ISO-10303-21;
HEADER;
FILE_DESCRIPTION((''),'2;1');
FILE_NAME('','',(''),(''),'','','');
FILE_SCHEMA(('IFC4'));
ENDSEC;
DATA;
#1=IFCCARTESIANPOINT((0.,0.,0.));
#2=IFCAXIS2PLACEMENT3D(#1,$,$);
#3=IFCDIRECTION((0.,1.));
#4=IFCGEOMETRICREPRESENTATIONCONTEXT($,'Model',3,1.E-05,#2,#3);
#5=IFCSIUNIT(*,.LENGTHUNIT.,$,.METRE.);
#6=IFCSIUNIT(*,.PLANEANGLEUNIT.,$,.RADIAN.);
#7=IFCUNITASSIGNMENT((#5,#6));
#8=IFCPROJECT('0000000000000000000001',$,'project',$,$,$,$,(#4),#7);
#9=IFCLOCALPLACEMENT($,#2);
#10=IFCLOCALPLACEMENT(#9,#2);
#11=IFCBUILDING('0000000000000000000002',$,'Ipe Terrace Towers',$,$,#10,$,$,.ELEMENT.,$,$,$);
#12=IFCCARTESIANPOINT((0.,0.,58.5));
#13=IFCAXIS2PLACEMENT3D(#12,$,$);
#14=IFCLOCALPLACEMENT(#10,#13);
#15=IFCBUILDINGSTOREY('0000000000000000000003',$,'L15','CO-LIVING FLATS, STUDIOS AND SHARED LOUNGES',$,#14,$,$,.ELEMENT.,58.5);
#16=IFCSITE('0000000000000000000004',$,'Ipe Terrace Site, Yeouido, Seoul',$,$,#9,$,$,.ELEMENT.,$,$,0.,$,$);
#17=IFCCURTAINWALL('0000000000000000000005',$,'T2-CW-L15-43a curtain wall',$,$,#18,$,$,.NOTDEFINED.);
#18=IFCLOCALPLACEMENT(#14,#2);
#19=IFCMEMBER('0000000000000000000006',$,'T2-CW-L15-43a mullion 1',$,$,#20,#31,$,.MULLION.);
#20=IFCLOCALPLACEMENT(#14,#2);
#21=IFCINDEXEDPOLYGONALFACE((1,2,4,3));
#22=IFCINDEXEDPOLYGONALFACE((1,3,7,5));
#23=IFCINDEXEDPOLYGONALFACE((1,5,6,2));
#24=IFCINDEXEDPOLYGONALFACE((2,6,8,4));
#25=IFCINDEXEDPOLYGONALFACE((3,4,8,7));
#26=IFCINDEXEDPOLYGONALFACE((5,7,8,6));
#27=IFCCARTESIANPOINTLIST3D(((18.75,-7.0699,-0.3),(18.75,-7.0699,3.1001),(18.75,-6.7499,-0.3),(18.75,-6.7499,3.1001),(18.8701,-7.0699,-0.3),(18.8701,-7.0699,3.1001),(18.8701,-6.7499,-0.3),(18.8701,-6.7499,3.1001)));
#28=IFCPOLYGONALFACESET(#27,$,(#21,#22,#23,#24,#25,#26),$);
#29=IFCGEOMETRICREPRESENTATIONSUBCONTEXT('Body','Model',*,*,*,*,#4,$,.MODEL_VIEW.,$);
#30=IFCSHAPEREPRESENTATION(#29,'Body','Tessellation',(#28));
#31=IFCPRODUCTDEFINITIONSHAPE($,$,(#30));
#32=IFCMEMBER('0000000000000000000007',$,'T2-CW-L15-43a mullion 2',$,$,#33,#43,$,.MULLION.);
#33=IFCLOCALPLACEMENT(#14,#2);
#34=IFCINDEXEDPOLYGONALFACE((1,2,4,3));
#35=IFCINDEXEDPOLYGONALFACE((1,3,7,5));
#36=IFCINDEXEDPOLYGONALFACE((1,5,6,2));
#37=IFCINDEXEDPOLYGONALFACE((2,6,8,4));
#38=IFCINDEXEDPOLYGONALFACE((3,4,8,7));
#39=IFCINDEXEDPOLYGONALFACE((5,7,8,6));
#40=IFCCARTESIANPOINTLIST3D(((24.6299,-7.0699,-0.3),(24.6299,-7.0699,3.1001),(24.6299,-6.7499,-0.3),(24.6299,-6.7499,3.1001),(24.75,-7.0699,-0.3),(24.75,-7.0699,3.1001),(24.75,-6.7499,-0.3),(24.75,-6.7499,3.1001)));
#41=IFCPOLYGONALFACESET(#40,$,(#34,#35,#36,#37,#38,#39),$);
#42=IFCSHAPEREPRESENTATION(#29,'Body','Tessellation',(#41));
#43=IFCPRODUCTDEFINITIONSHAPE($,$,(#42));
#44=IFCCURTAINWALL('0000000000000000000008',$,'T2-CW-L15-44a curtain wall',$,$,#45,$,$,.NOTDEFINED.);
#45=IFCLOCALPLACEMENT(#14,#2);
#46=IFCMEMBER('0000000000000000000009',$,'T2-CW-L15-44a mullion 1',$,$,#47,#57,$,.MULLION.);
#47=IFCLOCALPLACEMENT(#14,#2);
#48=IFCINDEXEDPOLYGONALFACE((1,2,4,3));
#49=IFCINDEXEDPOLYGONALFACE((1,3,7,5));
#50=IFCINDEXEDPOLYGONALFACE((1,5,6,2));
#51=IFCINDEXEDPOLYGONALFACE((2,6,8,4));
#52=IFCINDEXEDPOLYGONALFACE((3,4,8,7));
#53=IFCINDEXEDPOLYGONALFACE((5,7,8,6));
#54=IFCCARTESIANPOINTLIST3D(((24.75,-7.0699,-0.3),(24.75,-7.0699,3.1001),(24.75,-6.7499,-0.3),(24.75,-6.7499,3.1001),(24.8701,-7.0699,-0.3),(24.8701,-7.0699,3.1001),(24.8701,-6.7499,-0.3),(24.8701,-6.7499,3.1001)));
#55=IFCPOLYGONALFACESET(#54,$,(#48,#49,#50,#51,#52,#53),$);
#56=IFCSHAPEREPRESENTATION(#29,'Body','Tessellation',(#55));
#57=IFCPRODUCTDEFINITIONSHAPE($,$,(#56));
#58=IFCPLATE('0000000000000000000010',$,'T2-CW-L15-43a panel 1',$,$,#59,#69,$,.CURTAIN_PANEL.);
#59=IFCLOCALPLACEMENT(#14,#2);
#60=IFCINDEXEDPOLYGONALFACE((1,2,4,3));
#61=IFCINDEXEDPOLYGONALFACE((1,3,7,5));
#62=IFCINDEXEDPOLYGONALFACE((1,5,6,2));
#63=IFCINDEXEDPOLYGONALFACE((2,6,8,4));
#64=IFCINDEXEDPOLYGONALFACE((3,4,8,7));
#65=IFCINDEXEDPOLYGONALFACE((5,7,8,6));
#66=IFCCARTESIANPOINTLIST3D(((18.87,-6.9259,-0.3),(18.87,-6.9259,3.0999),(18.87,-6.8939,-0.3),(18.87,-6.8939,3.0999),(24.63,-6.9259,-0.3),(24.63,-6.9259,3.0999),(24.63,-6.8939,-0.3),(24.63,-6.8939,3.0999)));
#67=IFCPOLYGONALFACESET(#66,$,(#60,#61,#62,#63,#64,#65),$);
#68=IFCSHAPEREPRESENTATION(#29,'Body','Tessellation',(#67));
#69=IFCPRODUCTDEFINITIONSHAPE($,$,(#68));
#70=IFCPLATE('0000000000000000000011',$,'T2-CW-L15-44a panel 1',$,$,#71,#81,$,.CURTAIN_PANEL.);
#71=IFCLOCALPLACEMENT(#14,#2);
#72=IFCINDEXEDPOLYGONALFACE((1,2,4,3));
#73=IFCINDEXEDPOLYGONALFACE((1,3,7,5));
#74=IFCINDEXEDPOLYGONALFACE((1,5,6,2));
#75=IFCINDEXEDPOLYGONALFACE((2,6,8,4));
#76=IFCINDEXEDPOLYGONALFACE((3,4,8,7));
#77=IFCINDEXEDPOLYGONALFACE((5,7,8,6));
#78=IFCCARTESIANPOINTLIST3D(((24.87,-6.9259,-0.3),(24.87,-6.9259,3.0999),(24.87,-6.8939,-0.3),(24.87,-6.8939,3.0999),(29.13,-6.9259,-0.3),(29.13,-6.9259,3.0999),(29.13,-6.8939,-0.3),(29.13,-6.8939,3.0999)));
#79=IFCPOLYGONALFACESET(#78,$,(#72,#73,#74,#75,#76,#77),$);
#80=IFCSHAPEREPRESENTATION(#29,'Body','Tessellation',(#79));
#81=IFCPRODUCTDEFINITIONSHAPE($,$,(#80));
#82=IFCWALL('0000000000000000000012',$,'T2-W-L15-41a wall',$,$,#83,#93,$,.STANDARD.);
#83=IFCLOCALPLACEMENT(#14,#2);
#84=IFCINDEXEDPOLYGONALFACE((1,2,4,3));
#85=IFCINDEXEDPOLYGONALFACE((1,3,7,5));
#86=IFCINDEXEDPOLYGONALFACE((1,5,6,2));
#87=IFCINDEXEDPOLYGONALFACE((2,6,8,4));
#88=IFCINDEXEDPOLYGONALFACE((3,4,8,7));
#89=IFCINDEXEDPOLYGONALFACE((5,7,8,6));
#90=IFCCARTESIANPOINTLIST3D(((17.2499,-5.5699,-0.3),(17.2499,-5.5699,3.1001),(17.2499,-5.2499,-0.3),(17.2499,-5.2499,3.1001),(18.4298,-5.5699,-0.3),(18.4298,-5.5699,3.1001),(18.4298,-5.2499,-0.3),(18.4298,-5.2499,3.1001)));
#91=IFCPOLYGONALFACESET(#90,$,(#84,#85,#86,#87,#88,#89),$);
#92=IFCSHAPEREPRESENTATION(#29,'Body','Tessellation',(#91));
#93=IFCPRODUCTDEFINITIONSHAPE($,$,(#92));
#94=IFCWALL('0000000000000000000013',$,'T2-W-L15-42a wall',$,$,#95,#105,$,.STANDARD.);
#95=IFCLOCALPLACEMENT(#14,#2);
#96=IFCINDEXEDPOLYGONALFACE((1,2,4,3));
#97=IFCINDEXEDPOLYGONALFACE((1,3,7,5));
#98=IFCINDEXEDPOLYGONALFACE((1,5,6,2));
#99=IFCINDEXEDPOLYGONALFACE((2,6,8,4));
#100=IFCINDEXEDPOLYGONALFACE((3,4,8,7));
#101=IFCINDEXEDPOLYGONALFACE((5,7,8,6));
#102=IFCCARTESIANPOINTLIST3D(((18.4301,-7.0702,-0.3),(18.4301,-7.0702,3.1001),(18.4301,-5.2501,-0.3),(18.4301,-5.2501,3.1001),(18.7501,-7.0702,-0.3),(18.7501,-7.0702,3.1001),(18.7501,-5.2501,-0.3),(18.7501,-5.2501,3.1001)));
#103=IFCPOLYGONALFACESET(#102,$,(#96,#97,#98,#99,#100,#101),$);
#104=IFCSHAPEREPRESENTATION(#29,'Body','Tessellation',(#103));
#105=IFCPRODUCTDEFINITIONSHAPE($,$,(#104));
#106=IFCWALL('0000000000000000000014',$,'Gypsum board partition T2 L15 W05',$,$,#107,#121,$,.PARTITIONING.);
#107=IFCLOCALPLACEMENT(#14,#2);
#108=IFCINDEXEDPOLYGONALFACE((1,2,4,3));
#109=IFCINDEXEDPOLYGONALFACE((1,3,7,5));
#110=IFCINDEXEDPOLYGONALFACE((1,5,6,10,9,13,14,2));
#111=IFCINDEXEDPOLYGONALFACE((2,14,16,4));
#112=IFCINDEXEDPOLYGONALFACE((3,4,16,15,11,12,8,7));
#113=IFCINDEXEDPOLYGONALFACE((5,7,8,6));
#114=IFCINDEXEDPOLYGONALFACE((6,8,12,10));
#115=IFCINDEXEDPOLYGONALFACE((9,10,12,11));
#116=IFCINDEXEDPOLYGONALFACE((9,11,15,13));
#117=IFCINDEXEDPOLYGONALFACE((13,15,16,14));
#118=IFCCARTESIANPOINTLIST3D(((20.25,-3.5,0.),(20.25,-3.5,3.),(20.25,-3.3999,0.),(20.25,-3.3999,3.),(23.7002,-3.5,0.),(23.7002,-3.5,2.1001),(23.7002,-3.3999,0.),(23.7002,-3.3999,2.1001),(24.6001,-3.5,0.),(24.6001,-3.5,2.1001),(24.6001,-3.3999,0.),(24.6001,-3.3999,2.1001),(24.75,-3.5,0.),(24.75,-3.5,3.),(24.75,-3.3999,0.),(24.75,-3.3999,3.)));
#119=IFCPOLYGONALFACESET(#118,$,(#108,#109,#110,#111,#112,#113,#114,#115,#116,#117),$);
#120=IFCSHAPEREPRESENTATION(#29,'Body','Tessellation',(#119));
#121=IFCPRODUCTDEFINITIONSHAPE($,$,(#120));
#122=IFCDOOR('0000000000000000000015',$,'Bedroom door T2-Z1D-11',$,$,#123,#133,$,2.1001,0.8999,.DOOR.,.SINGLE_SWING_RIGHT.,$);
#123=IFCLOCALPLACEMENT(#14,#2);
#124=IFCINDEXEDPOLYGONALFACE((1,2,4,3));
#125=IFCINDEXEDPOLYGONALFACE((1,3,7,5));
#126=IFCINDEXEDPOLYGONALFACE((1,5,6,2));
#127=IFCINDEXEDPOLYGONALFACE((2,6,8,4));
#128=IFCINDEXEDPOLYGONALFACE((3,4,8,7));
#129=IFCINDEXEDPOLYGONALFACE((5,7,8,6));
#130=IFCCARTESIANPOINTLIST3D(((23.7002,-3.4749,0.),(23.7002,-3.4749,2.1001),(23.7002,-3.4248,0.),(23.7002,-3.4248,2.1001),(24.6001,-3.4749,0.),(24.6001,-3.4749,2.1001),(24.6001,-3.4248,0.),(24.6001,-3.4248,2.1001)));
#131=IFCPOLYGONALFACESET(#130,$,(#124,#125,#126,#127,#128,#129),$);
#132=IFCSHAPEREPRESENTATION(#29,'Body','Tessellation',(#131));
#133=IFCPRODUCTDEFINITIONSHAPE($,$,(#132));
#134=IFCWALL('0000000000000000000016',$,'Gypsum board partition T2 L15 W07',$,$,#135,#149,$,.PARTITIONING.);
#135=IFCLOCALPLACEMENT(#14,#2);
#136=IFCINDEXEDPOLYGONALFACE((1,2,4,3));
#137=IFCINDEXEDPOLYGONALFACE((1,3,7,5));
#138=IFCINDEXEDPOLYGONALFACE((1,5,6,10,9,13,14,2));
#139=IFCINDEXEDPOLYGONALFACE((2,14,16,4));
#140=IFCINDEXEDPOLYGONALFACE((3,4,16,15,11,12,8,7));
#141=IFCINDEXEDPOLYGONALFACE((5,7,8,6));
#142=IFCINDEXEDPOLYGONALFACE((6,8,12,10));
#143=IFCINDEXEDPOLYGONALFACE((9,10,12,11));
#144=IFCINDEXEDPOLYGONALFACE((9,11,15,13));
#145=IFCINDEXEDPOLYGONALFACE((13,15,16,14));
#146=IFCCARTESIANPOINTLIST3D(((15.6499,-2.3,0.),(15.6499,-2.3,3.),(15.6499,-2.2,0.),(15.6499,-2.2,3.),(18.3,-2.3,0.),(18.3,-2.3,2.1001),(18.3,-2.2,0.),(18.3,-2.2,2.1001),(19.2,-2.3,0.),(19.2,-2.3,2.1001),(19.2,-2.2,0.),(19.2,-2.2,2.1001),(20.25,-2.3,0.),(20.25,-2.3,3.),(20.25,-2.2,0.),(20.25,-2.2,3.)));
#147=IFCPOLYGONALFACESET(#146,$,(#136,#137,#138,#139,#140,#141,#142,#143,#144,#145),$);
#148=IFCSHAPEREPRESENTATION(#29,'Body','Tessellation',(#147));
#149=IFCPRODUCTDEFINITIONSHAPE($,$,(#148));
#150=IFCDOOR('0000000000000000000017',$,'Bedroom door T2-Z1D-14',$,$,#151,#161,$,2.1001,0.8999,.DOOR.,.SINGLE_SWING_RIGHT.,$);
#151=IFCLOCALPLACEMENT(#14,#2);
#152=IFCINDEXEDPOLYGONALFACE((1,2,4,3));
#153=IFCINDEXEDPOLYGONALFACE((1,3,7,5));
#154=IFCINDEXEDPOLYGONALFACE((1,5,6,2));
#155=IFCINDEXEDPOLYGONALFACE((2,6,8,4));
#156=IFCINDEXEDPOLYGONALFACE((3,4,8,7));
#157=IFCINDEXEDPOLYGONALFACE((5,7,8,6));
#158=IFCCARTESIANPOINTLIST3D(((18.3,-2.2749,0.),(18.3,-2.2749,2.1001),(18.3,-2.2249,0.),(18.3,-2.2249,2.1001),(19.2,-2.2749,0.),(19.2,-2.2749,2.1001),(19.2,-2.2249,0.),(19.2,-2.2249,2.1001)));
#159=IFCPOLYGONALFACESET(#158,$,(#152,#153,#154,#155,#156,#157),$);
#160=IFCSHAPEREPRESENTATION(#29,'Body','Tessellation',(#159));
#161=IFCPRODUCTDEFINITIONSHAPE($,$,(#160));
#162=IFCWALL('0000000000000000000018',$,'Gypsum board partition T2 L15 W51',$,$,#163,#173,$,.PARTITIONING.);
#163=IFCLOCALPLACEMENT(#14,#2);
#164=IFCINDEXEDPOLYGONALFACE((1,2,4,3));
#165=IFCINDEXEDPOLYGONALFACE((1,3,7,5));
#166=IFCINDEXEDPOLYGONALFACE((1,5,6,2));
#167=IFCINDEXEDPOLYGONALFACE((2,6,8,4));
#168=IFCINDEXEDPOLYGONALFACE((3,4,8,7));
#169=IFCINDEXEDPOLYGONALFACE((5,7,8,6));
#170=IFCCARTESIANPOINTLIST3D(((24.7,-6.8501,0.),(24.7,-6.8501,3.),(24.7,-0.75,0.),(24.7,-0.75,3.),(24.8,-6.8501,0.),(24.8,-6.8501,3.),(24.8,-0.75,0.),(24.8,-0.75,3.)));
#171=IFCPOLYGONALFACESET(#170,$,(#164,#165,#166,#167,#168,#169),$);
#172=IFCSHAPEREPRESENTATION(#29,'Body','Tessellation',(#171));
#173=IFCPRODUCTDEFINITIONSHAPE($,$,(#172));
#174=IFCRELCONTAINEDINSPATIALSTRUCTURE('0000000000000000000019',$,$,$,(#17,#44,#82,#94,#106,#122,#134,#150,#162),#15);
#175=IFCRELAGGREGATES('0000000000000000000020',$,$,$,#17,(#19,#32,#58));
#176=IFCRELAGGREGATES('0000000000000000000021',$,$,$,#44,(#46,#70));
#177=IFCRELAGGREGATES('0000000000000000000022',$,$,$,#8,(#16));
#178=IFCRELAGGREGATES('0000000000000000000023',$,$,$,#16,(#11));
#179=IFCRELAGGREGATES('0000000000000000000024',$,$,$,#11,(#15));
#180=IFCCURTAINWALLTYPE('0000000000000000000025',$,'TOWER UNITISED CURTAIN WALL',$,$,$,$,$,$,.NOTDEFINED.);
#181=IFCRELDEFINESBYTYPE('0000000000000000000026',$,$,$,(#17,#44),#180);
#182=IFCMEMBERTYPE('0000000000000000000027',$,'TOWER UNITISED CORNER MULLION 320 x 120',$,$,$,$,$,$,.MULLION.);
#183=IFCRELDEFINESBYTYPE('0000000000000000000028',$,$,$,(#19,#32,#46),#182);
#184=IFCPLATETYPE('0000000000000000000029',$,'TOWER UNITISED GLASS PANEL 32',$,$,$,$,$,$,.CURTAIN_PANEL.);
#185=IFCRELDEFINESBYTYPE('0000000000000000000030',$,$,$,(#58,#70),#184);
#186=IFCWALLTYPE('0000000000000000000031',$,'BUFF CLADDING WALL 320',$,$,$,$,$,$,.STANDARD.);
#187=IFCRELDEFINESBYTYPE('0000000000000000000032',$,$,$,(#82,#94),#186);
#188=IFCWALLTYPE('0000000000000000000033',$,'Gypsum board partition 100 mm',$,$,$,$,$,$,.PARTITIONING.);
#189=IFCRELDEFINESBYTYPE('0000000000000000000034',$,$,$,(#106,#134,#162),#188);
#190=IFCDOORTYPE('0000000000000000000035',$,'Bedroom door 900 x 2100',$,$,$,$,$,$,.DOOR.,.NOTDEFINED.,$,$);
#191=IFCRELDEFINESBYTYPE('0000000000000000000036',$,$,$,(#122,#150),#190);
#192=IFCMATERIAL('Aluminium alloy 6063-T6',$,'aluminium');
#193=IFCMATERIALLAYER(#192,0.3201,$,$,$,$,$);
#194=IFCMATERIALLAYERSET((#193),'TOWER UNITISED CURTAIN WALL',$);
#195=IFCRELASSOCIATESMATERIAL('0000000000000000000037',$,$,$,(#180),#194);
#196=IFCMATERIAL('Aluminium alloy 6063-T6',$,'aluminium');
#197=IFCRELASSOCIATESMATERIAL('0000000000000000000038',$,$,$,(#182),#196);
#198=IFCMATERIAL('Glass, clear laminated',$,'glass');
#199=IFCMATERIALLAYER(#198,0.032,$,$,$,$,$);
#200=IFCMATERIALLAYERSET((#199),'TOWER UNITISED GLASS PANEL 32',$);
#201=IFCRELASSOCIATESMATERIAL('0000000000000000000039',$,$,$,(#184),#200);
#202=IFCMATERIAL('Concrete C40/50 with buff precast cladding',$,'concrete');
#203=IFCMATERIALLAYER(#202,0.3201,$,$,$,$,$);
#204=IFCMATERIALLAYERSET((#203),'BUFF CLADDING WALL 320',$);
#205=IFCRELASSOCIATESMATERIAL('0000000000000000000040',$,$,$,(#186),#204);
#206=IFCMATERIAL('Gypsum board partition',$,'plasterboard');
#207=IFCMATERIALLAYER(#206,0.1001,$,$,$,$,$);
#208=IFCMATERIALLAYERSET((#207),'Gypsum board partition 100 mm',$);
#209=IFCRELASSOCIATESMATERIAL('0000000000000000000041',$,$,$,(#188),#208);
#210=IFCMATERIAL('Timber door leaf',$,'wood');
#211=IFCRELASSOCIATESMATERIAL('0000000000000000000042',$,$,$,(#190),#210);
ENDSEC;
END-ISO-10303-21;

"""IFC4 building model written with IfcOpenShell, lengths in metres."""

from ifc_helpers import new_model, si_unit, direction, frame, frame_2d, origin, origin_2d, place, context, subcontext, project, spatial, rectangle, extrude, material, layer, layer_set, material_profile, profile_set, type_object, element, fill, aggregate, save


model = new_model("IFC4")

# Units and contexts
model_context = context("Model", 3, precision=1e-05, world=origin(), true_north=direction((0.0, 1.0)))
body_context = subcontext(model_context, "Body", "Model", "MODEL_VIEW")
ifc_project = project(units=[si_unit("LENGTHUNIT", "METRE"), si_unit("PLANEANGLEUNIT", "RADIAN")], contexts=[model_context])

# Site, building, storey
site_placement = place(None, origin())
site = spatial("IfcSite", under=ifc_project, at=site_placement, Name="Ipe Terrace Site, Yeouido, Seoul", CompositionType="ELEMENT", RefElevation=0.0)
building_placement = place(site_placement, origin())
building = spatial("IfcBuilding", under=site, at=building_placement, Name="Ipe Terrace Towers", CompositionType="ELEMENT")
storey_placement = place(building_placement, frame((0.0, 0.0, 58.5)))
storey = spatial("IfcBuildingStorey", under=building, at=storey_placement, Name="L15", Description="CO-LIVING FLATS, STUDIOS AND SHARED LOUNGES", CompositionType="ELEMENT", Elevation=58.5)

# Curtain wall, members
ifc_material_1 = material(Name="Aluminium alloy 6063-T6", Category="aluminium")
ifc_layer_1 = layer(ifc_material_1, 0.3201)
ifc_layer_set_1 = layer_set([ifc_layer_1], Name="TOWER UNITISED CURTAIN WALL")
curtain_wall_type = type_object("IfcCurtainWallType", Name="TOWER UNITISED CURTAIN WALL", PredefinedType="NOTDEFINED", material=ifc_layer_set_1)
curtain_wall_1_placement = place(storey_placement, origin())
curtain_wall_1 = element("IfcCurtainWall", 1, at=curtain_wall_1_placement, inside=storey, type_object=curtain_wall_type, Name="T2-CW-L15-43a curtain wall", PredefinedType="NOTDEFINED")
ifc_material_2 = material(Name="Aluminium alloy 6063-T6", Category="aluminium")
ifc_material_profile_1 = material_profile(ifc_material_2, rectangle(XDim=0.3201, YDim=0.1201, at=origin_2d()), Name="TOWER UNITISED CORNER MULLION 320 x 120")
ifc_profile_set_1 = profile_set([ifc_material_profile_1], Name="Aluminium alloy 6063-T6")
member_type = type_object("IfcMemberType", Name="TOWER UNITISED CORNER MULLION 320 x 120", PredefinedType="MULLION", material=ifc_profile_set_1)
member_1_placement = place(storey_placement, frame((18.8101, -6.9099, -0.3), z_axis=(0.0, 0.0, 1.0), x_axis=(0.0, -1.0, 0.0)))
member_1 = element("IfcMember", 2, at=member_1_placement, type_object=member_type, Name="T2-CW-L15-43a mullion 1", PredefinedType="MULLION", context=body_context, shape_type="SweptSolid", body=[
    extrude(rectangle(XDim=0.3201, YDim=0.1201, at=origin_2d()), origin(), (0.0, 0.0, 1.0), 3.4001),
])
member_2_placement = place(storey_placement, frame((24.6899, -6.9099, -0.3), z_axis=(0.0, 0.0, 1.0), x_axis=(0.0, -1.0, 0.0)))
member_2 = element("IfcMember", 3, at=member_2_placement, type_object=member_type, Name="T2-CW-L15-43a mullion 2", PredefinedType="MULLION", context=body_context, shape_type="SweptSolid", body=[
    extrude(rectangle(XDim=0.3201, YDim=0.1201, at=origin_2d()), origin(), (0.0, 0.0, 1.0), 3.4001),
])

# Curtain wall, member
curtain_wall_2_placement = place(storey_placement, origin())
curtain_wall_2 = element("IfcCurtainWall", 4, at=curtain_wall_2_placement, inside=storey, type_object=curtain_wall_type, Name="T2-CW-L15-44a curtain wall", PredefinedType="NOTDEFINED")
member_3_placement = place(storey_placement, frame((24.8101, -6.9099, -0.3), z_axis=(0.0, 0.0, 1.0), x_axis=(0.0, -1.0, 0.0)))
member_3 = element("IfcMember", 5, at=member_3_placement, type_object=member_type, Name="T2-CW-L15-44a mullion 1", PredefinedType="MULLION", context=body_context, shape_type="SweptSolid", body=[
    extrude(rectangle(XDim=0.3201, YDim=0.1201, at=origin_2d()), origin(), (0.0, 0.0, 1.0), 3.4001),
])

# Plates
ifc_material_3 = material(Name="Glass, clear laminated", Category="glass")
ifc_layer_2 = layer(ifc_material_3, 0.032)
ifc_layer_set_2 = layer_set([ifc_layer_2], Name="TOWER UNITISED GLASS PANEL 32")
plate_type = type_object("IfcPlateType", Name="TOWER UNITISED GLASS PANEL 32", PredefinedType="CURTAIN_PANEL", material=ifc_layer_set_2)
plate_1_placement = place(storey_placement, frame((21.75, -6.9099, -0.3), z_axis=(0.0, 0.0, 1.0), x_axis=(1.0, 0.0, 0.0)))
plate_1 = element("IfcPlate", 6, at=plate_1_placement, type_object=plate_type, Name="T2-CW-L15-43a panel 1", PredefinedType="CURTAIN_PANEL", context=body_context, shape_type="SweptSolid", body=[
    extrude(rectangle(XDim=5.76, YDim=0.032, at=origin_2d()), origin(), (0.0, 0.0, 1.0), 3.3999),
])
aggregate(curtain_wall_1, [member_1, member_2, plate_1])
plate_2_placement = place(storey_placement, frame((27.0, -6.9099, -0.3), z_axis=(0.0, 0.0, 1.0), x_axis=(1.0, 0.0, 0.0)))
plate_2 = element("IfcPlate", 7, at=plate_2_placement, type_object=plate_type, Name="T2-CW-L15-44a panel 1", PredefinedType="CURTAIN_PANEL", context=body_context, shape_type="SweptSolid", body=[
    extrude(rectangle(XDim=4.26, YDim=0.032, at=origin_2d()), origin(), (0.0, 0.0, 1.0), 3.3999),
])
aggregate(curtain_wall_2, [member_3, plate_2])

# Walls
ifc_material_4 = material(Name="Concrete C40/50 with buff precast cladding", Category="concrete")
ifc_layer_3 = layer(ifc_material_4, 0.3201)
ifc_layer_set_3 = layer_set([ifc_layer_3], Name="BUFF CLADDING WALL 320")
wall_type_1 = type_object("IfcWallType", Name="BUFF CLADDING WALL 320", PredefinedType="STANDARD", material=ifc_layer_set_3)
wall_1_placement = place(storey_placement, frame((17.25, -5.4099, -0.3), z_axis=(0.0, 0.0, 1.0), x_axis=(1.0, 0.0, 0.0)))
element("IfcWall", 8, at=wall_1_placement, inside=storey, type_object=wall_type_1, Name="T2-W-L15-41a wall", PredefinedType="STANDARD", context=body_context, shape_type="SweptSolid", body=[
    extrude(rectangle(XDim=1.1799, YDim=0.3201, at=frame_2d((0.5898, 0.0))), origin(), (0.0, 0.0, 1.0), 3.4001),
])
wall_2_placement = place(storey_placement, frame((18.5901, -5.25, -0.3), z_axis=(0.0, 0.0, 1.0), x_axis=(0.0, -1.0, 0.0)))
element("IfcWall", 9, at=wall_2_placement, inside=storey, type_object=wall_type_1, Name="T2-W-L15-42a wall", PredefinedType="STANDARD", context=body_context, shape_type="SweptSolid", body=[
    extrude(rectangle(XDim=1.8201, YDim=0.3201, at=frame_2d((0.9102, 0.0))), origin(), (0.0, 0.0, 1.0), 3.4001),
])

# Walls, openings, doors
ifc_material_5 = material(Name="Gypsum board partition", Category="plasterboard")
ifc_layer_4 = layer(ifc_material_5, 0.1001)
ifc_layer_set_4 = layer_set([ifc_layer_4], Name="Gypsum board partition 100 mm")
wall_type_2 = type_object("IfcWallType", Name="Gypsum board partition 100 mm", PredefinedType="PARTITIONING", material=ifc_layer_set_4)
wall_3_placement = place(storey_placement, frame((24.75, -3.45, 0.0), z_axis=(0.0, 0.0, 1.0), x_axis=(-1.0, 0.0, 0.0)))
wall_3 = element("IfcWall", 10, at=wall_3_placement, inside=storey, type_object=wall_type_2, Name="Gypsum board partition T2 L15 W05", PredefinedType="PARTITIONING", context=body_context, shape_type="SweptSolid", body=[
    extrude(rectangle(XDim=4.5, YDim=0.1001, at=frame_2d((2.25, 0.0))), origin(), (0.0, 0.0, 1.0), 3.0),
])
opening_1_placement = place(wall_3_placement, frame((0.1499, 0.0, 0.0)))
opening_1 = element("IfcOpeningElement", 11, at=opening_1_placement, cuts=wall_3, PredefinedType="OPENING", context=body_context, shape_type="SweptSolid", body=[
    extrude(rectangle(XDim=0.8999, YDim=2.1001, at=frame_2d((0.45, 1.05))), frame((0.0, 0.0601, 0.0), z_axis=(0.0, -1.0, 0.0), x_axis=(1.0, 0.0, 0.0)), (0.0, 0.0, 1.0), 0.1201),
])
ifc_material_6 = material(Name="Timber door leaf", Category="wood")
door_type_1 = type_object("IfcDoorType", Name="Bedroom door 900 x 2100", OperationType="NOTDEFINED", PredefinedType="DOOR", material=ifc_material_6)
door_1_placement = place(opening_1_placement, origin())
door_1 = element("IfcDoor", 12, at=door_1_placement, inside=storey, type_object=door_type_1, Name="Bedroom door T2-Z1D-11", OperationType="SINGLE_SWING_RIGHT", OverallHeight=2.1001, OverallWidth=0.8999, PredefinedType="DOOR", context=body_context, shape_type="SweptSolid", body=[
    extrude(rectangle(XDim=0.8999, YDim=2.1001, at=frame_2d((0.45, 1.05))), frame((0.0, 0.0249, 0.0), z_axis=(0.0, -1.0, 0.0), x_axis=(1.0, 0.0, 0.0)), (0.0, 0.0, 1.0), 0.05),
])
fill(opening_1, door_1)
wall_4_placement = place(storey_placement, frame((20.25, -2.25, 0.0), z_axis=(0.0, 0.0, 1.0), x_axis=(-1.0, 0.0, 0.0)))
wall_4 = element("IfcWall", 13, at=wall_4_placement, inside=storey, type_object=wall_type_2, Name="Gypsum board partition T2 L15 W07", PredefinedType="PARTITIONING", context=body_context, shape_type="SweptSolid", body=[
    extrude(rectangle(XDim=4.6001, YDim=0.1001, at=frame_2d((2.3, 0.0))), origin(), (0.0, 0.0, 1.0), 3.0),
])
opening_2_placement = place(wall_4_placement, frame((1.05, 0.0, 0.0)))
opening_2 = element("IfcOpeningElement", 14, at=opening_2_placement, cuts=wall_4, PredefinedType="OPENING", context=body_context, shape_type="SweptSolid", body=[
    extrude(rectangle(XDim=0.8999, YDim=2.1001, at=frame_2d((0.45, 1.05))), frame((0.0, 0.0601, 0.0), z_axis=(0.0, -1.0, 0.0), x_axis=(1.0, 0.0, 0.0)), (0.0, 0.0, 1.0), 0.1201),
])
door_2_placement = place(opening_2_placement, origin())
door_2 = element("IfcDoor", 15, at=door_2_placement, inside=storey, type_object=door_type_1, Name="Bedroom door T2-Z1D-14", OperationType="SINGLE_SWING_RIGHT", OverallHeight=2.1001, OverallWidth=0.8999, PredefinedType="DOOR", context=body_context, shape_type="SweptSolid", body=[
    extrude(rectangle(XDim=0.8999, YDim=2.1001, at=frame_2d((0.45, 1.05))), frame((0.0, 0.0249, 0.0), z_axis=(0.0, -1.0, 0.0), x_axis=(1.0, 0.0, 0.0)), (0.0, 0.0, 1.0), 0.05),
])
fill(opening_2, door_2)

# Wall
wall_5_placement = place(storey_placement, frame((24.75, -6.8501, 0.0), z_axis=(0.0, 0.0, 1.0), x_axis=(0.0, 1.0, 0.0)))
element("IfcWall", 16, at=wall_5_placement, inside=storey, type_object=wall_type_2, Name="Gypsum board partition T2 L15 W51", PredefinedType="PARTITIONING", context=body_context, shape_type="SweptSolid", body=[
    extrude(rectangle(XDim=6.1001, YDim=0.1001, at=frame_2d((3.05, 0.0))), origin(), (0.0, 0.0, 1.0), 3.0),
])

save(model, "model.ifc")
